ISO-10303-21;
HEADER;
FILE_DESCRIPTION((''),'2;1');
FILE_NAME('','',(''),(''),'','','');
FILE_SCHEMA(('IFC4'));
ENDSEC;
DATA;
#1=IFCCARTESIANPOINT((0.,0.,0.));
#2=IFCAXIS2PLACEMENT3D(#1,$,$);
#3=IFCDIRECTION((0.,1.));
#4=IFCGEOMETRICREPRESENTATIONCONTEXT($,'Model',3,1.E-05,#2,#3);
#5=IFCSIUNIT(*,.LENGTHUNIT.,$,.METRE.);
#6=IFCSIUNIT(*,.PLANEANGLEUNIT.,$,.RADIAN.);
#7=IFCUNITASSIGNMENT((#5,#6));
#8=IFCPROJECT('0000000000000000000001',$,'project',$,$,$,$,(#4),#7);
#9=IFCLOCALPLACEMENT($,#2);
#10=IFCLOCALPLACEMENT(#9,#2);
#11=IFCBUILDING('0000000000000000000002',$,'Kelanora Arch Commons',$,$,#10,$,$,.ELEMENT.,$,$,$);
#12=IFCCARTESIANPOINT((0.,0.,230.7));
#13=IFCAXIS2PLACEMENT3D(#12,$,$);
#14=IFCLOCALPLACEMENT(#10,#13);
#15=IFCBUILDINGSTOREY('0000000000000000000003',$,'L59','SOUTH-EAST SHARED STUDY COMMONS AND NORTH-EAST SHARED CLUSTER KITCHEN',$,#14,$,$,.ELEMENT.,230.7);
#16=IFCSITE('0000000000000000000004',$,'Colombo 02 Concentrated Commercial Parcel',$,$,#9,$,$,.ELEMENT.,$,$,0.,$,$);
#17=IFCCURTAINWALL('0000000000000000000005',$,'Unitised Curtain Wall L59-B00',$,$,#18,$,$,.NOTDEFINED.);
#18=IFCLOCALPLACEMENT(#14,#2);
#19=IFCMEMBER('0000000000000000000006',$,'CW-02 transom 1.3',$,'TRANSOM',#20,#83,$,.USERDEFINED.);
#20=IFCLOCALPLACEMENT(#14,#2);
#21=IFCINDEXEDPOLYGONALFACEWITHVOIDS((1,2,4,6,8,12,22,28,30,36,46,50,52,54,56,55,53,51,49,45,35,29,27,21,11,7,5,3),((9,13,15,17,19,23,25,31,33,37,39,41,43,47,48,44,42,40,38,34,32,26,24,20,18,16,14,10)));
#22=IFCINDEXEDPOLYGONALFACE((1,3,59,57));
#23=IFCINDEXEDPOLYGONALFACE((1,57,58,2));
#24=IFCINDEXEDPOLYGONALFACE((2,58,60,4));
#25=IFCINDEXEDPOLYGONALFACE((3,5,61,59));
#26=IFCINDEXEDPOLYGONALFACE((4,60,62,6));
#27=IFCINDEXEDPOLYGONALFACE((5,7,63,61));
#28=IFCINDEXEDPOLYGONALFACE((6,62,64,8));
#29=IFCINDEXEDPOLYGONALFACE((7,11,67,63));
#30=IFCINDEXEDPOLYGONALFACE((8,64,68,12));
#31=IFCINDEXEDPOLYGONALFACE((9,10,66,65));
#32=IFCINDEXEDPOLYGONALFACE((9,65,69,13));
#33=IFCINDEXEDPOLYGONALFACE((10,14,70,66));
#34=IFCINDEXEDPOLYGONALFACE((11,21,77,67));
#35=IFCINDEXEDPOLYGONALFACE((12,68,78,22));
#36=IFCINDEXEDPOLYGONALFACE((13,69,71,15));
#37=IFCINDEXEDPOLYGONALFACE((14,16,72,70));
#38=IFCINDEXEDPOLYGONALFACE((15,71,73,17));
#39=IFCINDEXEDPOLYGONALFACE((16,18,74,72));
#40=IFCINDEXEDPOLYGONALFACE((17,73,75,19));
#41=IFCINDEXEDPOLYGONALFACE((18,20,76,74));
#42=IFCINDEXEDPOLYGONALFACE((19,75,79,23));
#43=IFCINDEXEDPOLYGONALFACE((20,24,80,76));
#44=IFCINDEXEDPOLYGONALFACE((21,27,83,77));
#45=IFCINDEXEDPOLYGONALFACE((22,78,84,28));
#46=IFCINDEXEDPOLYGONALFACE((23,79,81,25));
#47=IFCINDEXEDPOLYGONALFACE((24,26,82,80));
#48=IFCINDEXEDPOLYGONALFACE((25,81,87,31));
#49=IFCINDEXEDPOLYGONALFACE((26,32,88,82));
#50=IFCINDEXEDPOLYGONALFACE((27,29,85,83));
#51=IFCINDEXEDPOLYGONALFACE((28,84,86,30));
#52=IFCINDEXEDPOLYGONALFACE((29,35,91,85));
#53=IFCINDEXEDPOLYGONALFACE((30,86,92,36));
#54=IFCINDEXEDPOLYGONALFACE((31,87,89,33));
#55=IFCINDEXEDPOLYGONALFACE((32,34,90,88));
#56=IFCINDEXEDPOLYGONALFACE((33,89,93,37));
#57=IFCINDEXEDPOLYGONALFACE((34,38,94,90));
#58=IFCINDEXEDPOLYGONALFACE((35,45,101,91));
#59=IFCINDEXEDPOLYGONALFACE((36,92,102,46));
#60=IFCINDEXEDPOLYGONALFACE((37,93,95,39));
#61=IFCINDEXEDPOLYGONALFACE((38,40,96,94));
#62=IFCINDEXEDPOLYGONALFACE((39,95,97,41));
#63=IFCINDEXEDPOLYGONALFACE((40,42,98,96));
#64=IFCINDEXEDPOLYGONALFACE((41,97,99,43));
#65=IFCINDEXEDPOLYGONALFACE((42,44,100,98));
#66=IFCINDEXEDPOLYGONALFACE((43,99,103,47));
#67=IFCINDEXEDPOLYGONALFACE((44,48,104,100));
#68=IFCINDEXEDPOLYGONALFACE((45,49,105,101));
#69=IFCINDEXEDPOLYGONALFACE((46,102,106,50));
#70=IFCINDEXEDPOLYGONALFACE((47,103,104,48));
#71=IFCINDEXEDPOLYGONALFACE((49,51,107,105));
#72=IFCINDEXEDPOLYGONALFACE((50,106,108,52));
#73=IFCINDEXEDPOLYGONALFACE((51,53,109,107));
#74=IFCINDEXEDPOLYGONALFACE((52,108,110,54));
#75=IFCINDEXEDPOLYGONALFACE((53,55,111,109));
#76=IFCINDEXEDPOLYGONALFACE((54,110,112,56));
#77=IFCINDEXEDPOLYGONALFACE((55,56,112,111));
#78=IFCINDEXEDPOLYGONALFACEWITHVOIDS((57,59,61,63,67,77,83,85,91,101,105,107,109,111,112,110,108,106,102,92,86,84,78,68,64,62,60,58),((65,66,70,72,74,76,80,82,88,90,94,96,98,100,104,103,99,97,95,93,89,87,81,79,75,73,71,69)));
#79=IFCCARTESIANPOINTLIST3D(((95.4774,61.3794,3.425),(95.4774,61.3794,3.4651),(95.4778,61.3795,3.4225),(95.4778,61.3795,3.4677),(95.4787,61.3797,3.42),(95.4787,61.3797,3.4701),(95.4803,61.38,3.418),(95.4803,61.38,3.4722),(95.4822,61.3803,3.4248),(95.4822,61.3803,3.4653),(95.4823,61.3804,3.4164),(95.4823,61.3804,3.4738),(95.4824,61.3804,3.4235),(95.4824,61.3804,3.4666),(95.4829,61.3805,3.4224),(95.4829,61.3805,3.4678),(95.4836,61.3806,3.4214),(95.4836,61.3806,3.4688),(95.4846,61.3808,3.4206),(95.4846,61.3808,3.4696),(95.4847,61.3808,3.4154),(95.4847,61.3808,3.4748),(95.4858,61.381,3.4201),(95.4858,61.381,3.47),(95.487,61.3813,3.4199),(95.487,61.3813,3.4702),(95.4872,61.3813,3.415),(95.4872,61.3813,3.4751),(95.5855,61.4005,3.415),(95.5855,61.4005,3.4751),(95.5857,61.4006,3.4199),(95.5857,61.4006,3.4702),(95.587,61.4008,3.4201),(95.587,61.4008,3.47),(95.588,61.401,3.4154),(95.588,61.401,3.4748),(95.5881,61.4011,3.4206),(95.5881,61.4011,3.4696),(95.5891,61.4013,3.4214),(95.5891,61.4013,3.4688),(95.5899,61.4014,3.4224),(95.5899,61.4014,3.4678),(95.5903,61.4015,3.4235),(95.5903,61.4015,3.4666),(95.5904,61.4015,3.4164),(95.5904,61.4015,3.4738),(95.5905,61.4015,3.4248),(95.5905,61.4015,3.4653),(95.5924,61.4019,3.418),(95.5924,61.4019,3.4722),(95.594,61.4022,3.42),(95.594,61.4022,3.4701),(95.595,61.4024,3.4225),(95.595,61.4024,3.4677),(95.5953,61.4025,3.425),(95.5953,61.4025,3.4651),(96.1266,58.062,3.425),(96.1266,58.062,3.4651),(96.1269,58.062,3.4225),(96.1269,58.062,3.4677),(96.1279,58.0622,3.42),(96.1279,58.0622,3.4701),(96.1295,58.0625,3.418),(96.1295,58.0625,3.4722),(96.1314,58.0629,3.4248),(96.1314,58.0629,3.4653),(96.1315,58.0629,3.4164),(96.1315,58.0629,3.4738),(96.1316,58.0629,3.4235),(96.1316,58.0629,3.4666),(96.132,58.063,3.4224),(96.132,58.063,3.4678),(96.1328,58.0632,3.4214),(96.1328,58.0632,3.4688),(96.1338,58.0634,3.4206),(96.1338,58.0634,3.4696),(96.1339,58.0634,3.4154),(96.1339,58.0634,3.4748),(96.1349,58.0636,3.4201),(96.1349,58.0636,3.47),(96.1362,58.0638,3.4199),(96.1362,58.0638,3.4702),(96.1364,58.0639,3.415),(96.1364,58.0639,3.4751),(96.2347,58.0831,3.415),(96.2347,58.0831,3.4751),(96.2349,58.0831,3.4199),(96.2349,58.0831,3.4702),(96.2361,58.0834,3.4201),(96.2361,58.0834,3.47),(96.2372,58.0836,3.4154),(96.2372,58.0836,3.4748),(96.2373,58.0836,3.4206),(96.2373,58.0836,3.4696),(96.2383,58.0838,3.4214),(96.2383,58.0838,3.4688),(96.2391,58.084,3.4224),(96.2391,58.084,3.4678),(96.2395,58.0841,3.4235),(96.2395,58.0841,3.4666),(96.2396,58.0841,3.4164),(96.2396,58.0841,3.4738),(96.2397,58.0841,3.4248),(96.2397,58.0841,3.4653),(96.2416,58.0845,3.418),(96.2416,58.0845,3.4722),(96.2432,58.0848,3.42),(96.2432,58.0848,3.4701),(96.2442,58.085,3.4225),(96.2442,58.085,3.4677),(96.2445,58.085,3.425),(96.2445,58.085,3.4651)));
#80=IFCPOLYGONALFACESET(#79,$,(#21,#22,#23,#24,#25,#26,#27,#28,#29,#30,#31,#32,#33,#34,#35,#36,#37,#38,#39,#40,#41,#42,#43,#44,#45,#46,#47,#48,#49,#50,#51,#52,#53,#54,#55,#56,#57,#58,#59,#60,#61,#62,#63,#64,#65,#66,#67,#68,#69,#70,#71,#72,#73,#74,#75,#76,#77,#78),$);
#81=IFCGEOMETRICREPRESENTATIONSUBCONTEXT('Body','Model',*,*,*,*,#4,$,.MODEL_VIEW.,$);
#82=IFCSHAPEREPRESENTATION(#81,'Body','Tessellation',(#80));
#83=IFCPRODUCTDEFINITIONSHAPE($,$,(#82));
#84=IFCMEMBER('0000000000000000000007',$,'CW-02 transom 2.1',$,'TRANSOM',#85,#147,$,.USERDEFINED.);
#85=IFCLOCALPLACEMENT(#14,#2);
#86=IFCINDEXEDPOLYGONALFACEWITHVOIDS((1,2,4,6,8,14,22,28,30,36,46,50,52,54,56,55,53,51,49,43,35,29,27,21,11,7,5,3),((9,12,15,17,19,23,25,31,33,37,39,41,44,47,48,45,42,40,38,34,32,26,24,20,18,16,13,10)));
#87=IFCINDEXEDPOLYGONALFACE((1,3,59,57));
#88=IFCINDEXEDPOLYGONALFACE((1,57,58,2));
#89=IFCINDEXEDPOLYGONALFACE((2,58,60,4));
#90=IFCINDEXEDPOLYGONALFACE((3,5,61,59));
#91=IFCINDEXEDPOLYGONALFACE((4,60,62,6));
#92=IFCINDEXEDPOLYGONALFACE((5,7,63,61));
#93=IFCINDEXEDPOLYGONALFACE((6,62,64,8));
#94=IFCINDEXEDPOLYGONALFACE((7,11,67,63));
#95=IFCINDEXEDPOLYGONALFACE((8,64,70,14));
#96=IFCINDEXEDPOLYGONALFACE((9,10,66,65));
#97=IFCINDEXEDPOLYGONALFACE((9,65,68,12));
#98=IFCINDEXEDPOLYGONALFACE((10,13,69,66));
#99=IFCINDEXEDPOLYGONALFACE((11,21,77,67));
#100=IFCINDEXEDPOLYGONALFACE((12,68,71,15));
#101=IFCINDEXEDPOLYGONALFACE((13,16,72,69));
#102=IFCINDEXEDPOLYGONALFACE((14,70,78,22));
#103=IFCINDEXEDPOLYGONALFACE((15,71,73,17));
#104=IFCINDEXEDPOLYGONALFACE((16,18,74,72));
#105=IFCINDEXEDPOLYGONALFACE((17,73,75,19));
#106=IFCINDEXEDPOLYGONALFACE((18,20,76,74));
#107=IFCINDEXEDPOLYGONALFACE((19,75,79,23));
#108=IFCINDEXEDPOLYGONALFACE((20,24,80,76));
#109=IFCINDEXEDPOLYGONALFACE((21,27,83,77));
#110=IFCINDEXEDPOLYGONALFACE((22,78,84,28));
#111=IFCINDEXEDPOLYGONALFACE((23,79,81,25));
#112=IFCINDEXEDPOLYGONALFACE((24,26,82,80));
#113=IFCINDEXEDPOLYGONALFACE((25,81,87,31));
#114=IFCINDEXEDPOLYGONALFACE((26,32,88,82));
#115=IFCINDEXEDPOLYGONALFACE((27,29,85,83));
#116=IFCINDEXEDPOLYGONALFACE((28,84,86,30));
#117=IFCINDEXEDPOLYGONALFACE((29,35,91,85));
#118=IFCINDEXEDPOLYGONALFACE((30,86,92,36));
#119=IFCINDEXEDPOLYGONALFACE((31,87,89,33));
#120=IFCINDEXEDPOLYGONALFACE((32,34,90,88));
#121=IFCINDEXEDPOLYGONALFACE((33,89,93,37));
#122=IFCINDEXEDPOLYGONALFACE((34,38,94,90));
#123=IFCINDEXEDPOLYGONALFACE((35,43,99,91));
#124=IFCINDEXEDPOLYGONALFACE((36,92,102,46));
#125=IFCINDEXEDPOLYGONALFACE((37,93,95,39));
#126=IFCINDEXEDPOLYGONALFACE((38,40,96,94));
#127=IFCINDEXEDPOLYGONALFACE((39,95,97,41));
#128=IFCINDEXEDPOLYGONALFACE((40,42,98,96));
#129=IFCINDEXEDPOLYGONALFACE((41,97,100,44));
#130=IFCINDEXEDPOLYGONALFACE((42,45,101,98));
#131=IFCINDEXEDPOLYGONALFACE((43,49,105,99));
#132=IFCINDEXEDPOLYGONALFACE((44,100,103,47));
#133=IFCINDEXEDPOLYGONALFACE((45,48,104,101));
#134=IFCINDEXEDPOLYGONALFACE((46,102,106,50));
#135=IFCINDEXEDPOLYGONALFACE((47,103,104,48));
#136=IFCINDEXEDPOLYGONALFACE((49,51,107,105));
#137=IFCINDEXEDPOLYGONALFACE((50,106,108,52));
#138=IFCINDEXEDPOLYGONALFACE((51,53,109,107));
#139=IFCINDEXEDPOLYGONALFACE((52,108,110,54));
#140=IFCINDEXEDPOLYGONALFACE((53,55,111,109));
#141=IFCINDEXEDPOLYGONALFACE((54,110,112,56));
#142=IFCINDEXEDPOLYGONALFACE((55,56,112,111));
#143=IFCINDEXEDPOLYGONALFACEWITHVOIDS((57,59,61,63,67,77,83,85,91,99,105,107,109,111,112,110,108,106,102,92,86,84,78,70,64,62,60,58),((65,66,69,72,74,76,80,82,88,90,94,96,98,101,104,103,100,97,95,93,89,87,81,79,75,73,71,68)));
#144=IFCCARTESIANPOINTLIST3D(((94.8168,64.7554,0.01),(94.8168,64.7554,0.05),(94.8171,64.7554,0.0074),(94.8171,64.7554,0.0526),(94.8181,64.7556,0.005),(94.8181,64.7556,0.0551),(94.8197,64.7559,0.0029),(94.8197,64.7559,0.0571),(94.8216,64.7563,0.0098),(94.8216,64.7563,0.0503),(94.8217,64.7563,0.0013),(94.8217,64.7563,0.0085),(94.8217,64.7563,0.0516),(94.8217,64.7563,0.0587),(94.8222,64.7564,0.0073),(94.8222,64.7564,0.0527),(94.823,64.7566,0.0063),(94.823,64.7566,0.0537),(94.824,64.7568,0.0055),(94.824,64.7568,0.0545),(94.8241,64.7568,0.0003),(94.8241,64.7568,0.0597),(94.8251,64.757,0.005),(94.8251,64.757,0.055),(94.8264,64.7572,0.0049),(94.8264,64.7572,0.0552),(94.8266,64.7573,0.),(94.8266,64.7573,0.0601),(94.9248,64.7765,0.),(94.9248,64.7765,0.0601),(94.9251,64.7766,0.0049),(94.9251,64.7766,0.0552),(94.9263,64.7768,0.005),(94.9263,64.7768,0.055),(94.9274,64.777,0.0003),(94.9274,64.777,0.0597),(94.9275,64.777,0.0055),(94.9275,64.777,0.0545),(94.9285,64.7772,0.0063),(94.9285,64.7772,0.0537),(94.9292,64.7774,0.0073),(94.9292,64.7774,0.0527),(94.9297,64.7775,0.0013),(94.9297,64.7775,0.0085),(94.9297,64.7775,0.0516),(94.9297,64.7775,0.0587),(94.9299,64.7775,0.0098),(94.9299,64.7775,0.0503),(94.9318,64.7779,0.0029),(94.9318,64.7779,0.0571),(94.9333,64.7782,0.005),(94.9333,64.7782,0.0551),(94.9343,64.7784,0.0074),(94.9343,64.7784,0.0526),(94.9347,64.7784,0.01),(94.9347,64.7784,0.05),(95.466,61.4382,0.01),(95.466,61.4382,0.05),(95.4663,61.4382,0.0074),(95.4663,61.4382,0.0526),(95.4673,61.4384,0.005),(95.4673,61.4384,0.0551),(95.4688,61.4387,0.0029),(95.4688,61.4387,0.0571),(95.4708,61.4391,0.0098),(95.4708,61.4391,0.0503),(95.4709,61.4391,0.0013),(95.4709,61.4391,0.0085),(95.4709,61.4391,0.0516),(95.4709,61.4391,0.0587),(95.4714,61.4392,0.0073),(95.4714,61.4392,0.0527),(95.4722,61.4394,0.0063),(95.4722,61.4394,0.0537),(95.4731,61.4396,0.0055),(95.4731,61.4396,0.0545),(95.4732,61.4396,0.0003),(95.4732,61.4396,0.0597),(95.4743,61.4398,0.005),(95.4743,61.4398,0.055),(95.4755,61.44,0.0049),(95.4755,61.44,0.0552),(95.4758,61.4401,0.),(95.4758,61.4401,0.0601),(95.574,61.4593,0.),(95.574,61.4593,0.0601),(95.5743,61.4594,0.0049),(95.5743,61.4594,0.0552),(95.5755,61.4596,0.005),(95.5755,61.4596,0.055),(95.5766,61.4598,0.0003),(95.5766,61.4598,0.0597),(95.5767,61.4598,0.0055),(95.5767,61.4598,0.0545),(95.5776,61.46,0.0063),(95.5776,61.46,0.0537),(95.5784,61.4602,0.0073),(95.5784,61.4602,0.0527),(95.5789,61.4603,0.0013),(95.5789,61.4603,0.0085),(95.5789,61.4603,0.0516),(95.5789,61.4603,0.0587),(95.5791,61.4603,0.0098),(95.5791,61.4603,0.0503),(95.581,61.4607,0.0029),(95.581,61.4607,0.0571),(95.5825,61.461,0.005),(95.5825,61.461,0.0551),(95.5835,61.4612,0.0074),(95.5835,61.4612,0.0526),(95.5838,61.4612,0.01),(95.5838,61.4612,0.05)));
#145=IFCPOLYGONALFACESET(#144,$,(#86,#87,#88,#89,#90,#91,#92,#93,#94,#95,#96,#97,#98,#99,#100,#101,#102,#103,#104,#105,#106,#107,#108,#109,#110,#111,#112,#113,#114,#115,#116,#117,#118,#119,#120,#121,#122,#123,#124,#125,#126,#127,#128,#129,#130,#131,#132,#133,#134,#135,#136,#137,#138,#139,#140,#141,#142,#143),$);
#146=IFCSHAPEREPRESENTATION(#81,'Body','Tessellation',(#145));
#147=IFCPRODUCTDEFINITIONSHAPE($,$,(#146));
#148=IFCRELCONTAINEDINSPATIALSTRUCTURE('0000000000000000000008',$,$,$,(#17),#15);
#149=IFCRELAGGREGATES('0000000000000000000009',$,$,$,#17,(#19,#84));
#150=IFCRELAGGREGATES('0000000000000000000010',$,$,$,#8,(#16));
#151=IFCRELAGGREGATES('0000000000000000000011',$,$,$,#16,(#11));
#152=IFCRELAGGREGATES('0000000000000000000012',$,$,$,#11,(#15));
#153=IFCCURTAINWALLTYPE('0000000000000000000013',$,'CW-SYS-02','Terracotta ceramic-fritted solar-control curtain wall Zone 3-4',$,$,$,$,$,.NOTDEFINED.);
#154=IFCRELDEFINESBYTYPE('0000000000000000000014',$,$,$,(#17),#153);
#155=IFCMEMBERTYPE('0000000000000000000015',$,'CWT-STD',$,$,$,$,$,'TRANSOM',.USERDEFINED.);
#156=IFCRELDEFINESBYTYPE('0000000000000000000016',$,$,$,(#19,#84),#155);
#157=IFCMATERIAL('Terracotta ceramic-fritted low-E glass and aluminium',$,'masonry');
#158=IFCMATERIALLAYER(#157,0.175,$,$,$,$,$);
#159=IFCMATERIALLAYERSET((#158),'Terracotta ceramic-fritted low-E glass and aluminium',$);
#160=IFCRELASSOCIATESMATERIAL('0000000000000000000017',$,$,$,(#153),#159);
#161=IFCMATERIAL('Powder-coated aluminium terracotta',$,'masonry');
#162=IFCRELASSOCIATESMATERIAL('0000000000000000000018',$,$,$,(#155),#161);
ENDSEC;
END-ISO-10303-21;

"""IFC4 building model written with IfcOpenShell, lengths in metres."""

from ifc_helpers import new_model, si_unit, direction, frame, origin, origin_2d, place, context, subcontext, project, spatial, hollow_rectangle, extrude, material, layer, layer_set, material_profile, profile_set, type_object, element, aggregate, save


model = new_model("IFC4")

# Units and contexts
model_context = context("Model", 3, precision=1e-05, world=origin(), true_north=direction((0.0, 1.0)))
body_context = subcontext(model_context, "Body", "Model", "MODEL_VIEW")
ifc_project = project(units=[si_unit("LENGTHUNIT", "METRE"), si_unit("PLANEANGLEUNIT", "RADIAN")], contexts=[model_context])

# Site, building, storey
site_placement = place(None, origin())
site = spatial("IfcSite", under=ifc_project, at=site_placement, Name="Colombo 02 Concentrated Commercial Parcel", CompositionType="ELEMENT", RefElevation=0.0)
building_placement = place(site_placement, origin())
building = spatial("IfcBuilding", under=site, at=building_placement, Name="Kelanora Arch Commons", CompositionType="ELEMENT")
storey_placement = place(building_placement, frame((0.0, 0.0, 230.7)))
storey = spatial("IfcBuildingStorey", under=building, at=storey_placement, Name="L59", Description="SOUTH-EAST SHARED STUDY COMMONS AND NORTH-EAST SHARED CLUSTER KITCHEN", CompositionType="ELEMENT", Elevation=230.7)

# Curtain wall, members
ifc_material_1 = material(Name="Terracotta ceramic-fritted low-E glass and aluminium", Category="masonry")
ifc_layer_1 = layer(ifc_material_1, 0.175)
ifc_layer_set_1 = layer_set([ifc_layer_1], Name="Terracotta ceramic-fritted low-E glass and aluminium")
curtain_wall_type = type_object("IfcCurtainWallType", Name="CW-SYS-02", Description="Terracotta ceramic-fritted solar-control curtain wall Zone 3-4", PredefinedType="NOTDEFINED", material=ifc_layer_set_1)
curtain_wall_placement = place(storey_placement, origin())
curtain_wall = element("IfcCurtainWall", 1, at=curtain_wall_placement, inside=storey, type_object=curtain_wall_type, Name="Unitised Curtain Wall L59-B00", PredefinedType="NOTDEFINED")
ifc_material_2 = material(Name="Powder-coated aluminium terracotta", Category="masonry")
ifc_material_profile_1 = material_profile(ifc_material_2, hollow_rectangle(XDim=0.1201, YDim=0.0601, WallThickness=0.0049, InnerFilletRadius=0.0049, OuterFilletRadius=0.01, at=origin_2d()), Name="CWT120x60")
ifc_profile_set_1 = profile_set([ifc_material_profile_1], Name="Powder-coated aluminium terracotta")
member_type_1 = type_object("IfcMemberType", Name="CWT-STD", ElementType="TRANSOM", PredefinedType="USERDEFINED", material=ifc_profile_set_1)
member_1_placement = place(storey_placement, frame((96.1855, 58.0735, 3.4451), z_axis=(-0.192045, 0.981386, 0.0), x_axis=(-0.981386, -0.192045, 0.0)))
member_1 = element("IfcMember", 2, at=member_1_placement, type_object=member_type_1, Name="CW-02 transom 1.3", ObjectType="TRANSOM", PredefinedType="USERDEFINED", context=body_context, shape_type="SweptSolid", body=[
    extrude(hollow_rectangle(XDim=0.1201, YDim=0.0601, WallThickness=0.0049, InnerFilletRadius=0.0049, OuterFilletRadius=0.01, at=origin_2d()), origin(), (0.0, 0.0, 1.0), 3.3804),
])
member_2_placement = place(storey_placement, frame((95.5249, 61.4497, 0.03), z_axis=(-0.192058, 0.981383, 0.0), x_axis=(-0.981383, -0.192058, 0.0)))
member_2 = element("IfcMember", 3, at=member_2_placement, type_object=member_type_1, Name="CW-02 transom 2.1", ObjectType="TRANSOM", PredefinedType="USERDEFINED", context=body_context, shape_type="SweptSolid", body=[
    extrude(hollow_rectangle(XDim=0.1201, YDim=0.0601, WallThickness=0.0049, InnerFilletRadius=0.0049, OuterFilletRadius=0.01, at=origin_2d()), origin(), (0.0, 0.0, 1.0), 3.3801),
])
aggregate(curtain_wall, [member_1, member_2])

save(model, "model.ifc")
